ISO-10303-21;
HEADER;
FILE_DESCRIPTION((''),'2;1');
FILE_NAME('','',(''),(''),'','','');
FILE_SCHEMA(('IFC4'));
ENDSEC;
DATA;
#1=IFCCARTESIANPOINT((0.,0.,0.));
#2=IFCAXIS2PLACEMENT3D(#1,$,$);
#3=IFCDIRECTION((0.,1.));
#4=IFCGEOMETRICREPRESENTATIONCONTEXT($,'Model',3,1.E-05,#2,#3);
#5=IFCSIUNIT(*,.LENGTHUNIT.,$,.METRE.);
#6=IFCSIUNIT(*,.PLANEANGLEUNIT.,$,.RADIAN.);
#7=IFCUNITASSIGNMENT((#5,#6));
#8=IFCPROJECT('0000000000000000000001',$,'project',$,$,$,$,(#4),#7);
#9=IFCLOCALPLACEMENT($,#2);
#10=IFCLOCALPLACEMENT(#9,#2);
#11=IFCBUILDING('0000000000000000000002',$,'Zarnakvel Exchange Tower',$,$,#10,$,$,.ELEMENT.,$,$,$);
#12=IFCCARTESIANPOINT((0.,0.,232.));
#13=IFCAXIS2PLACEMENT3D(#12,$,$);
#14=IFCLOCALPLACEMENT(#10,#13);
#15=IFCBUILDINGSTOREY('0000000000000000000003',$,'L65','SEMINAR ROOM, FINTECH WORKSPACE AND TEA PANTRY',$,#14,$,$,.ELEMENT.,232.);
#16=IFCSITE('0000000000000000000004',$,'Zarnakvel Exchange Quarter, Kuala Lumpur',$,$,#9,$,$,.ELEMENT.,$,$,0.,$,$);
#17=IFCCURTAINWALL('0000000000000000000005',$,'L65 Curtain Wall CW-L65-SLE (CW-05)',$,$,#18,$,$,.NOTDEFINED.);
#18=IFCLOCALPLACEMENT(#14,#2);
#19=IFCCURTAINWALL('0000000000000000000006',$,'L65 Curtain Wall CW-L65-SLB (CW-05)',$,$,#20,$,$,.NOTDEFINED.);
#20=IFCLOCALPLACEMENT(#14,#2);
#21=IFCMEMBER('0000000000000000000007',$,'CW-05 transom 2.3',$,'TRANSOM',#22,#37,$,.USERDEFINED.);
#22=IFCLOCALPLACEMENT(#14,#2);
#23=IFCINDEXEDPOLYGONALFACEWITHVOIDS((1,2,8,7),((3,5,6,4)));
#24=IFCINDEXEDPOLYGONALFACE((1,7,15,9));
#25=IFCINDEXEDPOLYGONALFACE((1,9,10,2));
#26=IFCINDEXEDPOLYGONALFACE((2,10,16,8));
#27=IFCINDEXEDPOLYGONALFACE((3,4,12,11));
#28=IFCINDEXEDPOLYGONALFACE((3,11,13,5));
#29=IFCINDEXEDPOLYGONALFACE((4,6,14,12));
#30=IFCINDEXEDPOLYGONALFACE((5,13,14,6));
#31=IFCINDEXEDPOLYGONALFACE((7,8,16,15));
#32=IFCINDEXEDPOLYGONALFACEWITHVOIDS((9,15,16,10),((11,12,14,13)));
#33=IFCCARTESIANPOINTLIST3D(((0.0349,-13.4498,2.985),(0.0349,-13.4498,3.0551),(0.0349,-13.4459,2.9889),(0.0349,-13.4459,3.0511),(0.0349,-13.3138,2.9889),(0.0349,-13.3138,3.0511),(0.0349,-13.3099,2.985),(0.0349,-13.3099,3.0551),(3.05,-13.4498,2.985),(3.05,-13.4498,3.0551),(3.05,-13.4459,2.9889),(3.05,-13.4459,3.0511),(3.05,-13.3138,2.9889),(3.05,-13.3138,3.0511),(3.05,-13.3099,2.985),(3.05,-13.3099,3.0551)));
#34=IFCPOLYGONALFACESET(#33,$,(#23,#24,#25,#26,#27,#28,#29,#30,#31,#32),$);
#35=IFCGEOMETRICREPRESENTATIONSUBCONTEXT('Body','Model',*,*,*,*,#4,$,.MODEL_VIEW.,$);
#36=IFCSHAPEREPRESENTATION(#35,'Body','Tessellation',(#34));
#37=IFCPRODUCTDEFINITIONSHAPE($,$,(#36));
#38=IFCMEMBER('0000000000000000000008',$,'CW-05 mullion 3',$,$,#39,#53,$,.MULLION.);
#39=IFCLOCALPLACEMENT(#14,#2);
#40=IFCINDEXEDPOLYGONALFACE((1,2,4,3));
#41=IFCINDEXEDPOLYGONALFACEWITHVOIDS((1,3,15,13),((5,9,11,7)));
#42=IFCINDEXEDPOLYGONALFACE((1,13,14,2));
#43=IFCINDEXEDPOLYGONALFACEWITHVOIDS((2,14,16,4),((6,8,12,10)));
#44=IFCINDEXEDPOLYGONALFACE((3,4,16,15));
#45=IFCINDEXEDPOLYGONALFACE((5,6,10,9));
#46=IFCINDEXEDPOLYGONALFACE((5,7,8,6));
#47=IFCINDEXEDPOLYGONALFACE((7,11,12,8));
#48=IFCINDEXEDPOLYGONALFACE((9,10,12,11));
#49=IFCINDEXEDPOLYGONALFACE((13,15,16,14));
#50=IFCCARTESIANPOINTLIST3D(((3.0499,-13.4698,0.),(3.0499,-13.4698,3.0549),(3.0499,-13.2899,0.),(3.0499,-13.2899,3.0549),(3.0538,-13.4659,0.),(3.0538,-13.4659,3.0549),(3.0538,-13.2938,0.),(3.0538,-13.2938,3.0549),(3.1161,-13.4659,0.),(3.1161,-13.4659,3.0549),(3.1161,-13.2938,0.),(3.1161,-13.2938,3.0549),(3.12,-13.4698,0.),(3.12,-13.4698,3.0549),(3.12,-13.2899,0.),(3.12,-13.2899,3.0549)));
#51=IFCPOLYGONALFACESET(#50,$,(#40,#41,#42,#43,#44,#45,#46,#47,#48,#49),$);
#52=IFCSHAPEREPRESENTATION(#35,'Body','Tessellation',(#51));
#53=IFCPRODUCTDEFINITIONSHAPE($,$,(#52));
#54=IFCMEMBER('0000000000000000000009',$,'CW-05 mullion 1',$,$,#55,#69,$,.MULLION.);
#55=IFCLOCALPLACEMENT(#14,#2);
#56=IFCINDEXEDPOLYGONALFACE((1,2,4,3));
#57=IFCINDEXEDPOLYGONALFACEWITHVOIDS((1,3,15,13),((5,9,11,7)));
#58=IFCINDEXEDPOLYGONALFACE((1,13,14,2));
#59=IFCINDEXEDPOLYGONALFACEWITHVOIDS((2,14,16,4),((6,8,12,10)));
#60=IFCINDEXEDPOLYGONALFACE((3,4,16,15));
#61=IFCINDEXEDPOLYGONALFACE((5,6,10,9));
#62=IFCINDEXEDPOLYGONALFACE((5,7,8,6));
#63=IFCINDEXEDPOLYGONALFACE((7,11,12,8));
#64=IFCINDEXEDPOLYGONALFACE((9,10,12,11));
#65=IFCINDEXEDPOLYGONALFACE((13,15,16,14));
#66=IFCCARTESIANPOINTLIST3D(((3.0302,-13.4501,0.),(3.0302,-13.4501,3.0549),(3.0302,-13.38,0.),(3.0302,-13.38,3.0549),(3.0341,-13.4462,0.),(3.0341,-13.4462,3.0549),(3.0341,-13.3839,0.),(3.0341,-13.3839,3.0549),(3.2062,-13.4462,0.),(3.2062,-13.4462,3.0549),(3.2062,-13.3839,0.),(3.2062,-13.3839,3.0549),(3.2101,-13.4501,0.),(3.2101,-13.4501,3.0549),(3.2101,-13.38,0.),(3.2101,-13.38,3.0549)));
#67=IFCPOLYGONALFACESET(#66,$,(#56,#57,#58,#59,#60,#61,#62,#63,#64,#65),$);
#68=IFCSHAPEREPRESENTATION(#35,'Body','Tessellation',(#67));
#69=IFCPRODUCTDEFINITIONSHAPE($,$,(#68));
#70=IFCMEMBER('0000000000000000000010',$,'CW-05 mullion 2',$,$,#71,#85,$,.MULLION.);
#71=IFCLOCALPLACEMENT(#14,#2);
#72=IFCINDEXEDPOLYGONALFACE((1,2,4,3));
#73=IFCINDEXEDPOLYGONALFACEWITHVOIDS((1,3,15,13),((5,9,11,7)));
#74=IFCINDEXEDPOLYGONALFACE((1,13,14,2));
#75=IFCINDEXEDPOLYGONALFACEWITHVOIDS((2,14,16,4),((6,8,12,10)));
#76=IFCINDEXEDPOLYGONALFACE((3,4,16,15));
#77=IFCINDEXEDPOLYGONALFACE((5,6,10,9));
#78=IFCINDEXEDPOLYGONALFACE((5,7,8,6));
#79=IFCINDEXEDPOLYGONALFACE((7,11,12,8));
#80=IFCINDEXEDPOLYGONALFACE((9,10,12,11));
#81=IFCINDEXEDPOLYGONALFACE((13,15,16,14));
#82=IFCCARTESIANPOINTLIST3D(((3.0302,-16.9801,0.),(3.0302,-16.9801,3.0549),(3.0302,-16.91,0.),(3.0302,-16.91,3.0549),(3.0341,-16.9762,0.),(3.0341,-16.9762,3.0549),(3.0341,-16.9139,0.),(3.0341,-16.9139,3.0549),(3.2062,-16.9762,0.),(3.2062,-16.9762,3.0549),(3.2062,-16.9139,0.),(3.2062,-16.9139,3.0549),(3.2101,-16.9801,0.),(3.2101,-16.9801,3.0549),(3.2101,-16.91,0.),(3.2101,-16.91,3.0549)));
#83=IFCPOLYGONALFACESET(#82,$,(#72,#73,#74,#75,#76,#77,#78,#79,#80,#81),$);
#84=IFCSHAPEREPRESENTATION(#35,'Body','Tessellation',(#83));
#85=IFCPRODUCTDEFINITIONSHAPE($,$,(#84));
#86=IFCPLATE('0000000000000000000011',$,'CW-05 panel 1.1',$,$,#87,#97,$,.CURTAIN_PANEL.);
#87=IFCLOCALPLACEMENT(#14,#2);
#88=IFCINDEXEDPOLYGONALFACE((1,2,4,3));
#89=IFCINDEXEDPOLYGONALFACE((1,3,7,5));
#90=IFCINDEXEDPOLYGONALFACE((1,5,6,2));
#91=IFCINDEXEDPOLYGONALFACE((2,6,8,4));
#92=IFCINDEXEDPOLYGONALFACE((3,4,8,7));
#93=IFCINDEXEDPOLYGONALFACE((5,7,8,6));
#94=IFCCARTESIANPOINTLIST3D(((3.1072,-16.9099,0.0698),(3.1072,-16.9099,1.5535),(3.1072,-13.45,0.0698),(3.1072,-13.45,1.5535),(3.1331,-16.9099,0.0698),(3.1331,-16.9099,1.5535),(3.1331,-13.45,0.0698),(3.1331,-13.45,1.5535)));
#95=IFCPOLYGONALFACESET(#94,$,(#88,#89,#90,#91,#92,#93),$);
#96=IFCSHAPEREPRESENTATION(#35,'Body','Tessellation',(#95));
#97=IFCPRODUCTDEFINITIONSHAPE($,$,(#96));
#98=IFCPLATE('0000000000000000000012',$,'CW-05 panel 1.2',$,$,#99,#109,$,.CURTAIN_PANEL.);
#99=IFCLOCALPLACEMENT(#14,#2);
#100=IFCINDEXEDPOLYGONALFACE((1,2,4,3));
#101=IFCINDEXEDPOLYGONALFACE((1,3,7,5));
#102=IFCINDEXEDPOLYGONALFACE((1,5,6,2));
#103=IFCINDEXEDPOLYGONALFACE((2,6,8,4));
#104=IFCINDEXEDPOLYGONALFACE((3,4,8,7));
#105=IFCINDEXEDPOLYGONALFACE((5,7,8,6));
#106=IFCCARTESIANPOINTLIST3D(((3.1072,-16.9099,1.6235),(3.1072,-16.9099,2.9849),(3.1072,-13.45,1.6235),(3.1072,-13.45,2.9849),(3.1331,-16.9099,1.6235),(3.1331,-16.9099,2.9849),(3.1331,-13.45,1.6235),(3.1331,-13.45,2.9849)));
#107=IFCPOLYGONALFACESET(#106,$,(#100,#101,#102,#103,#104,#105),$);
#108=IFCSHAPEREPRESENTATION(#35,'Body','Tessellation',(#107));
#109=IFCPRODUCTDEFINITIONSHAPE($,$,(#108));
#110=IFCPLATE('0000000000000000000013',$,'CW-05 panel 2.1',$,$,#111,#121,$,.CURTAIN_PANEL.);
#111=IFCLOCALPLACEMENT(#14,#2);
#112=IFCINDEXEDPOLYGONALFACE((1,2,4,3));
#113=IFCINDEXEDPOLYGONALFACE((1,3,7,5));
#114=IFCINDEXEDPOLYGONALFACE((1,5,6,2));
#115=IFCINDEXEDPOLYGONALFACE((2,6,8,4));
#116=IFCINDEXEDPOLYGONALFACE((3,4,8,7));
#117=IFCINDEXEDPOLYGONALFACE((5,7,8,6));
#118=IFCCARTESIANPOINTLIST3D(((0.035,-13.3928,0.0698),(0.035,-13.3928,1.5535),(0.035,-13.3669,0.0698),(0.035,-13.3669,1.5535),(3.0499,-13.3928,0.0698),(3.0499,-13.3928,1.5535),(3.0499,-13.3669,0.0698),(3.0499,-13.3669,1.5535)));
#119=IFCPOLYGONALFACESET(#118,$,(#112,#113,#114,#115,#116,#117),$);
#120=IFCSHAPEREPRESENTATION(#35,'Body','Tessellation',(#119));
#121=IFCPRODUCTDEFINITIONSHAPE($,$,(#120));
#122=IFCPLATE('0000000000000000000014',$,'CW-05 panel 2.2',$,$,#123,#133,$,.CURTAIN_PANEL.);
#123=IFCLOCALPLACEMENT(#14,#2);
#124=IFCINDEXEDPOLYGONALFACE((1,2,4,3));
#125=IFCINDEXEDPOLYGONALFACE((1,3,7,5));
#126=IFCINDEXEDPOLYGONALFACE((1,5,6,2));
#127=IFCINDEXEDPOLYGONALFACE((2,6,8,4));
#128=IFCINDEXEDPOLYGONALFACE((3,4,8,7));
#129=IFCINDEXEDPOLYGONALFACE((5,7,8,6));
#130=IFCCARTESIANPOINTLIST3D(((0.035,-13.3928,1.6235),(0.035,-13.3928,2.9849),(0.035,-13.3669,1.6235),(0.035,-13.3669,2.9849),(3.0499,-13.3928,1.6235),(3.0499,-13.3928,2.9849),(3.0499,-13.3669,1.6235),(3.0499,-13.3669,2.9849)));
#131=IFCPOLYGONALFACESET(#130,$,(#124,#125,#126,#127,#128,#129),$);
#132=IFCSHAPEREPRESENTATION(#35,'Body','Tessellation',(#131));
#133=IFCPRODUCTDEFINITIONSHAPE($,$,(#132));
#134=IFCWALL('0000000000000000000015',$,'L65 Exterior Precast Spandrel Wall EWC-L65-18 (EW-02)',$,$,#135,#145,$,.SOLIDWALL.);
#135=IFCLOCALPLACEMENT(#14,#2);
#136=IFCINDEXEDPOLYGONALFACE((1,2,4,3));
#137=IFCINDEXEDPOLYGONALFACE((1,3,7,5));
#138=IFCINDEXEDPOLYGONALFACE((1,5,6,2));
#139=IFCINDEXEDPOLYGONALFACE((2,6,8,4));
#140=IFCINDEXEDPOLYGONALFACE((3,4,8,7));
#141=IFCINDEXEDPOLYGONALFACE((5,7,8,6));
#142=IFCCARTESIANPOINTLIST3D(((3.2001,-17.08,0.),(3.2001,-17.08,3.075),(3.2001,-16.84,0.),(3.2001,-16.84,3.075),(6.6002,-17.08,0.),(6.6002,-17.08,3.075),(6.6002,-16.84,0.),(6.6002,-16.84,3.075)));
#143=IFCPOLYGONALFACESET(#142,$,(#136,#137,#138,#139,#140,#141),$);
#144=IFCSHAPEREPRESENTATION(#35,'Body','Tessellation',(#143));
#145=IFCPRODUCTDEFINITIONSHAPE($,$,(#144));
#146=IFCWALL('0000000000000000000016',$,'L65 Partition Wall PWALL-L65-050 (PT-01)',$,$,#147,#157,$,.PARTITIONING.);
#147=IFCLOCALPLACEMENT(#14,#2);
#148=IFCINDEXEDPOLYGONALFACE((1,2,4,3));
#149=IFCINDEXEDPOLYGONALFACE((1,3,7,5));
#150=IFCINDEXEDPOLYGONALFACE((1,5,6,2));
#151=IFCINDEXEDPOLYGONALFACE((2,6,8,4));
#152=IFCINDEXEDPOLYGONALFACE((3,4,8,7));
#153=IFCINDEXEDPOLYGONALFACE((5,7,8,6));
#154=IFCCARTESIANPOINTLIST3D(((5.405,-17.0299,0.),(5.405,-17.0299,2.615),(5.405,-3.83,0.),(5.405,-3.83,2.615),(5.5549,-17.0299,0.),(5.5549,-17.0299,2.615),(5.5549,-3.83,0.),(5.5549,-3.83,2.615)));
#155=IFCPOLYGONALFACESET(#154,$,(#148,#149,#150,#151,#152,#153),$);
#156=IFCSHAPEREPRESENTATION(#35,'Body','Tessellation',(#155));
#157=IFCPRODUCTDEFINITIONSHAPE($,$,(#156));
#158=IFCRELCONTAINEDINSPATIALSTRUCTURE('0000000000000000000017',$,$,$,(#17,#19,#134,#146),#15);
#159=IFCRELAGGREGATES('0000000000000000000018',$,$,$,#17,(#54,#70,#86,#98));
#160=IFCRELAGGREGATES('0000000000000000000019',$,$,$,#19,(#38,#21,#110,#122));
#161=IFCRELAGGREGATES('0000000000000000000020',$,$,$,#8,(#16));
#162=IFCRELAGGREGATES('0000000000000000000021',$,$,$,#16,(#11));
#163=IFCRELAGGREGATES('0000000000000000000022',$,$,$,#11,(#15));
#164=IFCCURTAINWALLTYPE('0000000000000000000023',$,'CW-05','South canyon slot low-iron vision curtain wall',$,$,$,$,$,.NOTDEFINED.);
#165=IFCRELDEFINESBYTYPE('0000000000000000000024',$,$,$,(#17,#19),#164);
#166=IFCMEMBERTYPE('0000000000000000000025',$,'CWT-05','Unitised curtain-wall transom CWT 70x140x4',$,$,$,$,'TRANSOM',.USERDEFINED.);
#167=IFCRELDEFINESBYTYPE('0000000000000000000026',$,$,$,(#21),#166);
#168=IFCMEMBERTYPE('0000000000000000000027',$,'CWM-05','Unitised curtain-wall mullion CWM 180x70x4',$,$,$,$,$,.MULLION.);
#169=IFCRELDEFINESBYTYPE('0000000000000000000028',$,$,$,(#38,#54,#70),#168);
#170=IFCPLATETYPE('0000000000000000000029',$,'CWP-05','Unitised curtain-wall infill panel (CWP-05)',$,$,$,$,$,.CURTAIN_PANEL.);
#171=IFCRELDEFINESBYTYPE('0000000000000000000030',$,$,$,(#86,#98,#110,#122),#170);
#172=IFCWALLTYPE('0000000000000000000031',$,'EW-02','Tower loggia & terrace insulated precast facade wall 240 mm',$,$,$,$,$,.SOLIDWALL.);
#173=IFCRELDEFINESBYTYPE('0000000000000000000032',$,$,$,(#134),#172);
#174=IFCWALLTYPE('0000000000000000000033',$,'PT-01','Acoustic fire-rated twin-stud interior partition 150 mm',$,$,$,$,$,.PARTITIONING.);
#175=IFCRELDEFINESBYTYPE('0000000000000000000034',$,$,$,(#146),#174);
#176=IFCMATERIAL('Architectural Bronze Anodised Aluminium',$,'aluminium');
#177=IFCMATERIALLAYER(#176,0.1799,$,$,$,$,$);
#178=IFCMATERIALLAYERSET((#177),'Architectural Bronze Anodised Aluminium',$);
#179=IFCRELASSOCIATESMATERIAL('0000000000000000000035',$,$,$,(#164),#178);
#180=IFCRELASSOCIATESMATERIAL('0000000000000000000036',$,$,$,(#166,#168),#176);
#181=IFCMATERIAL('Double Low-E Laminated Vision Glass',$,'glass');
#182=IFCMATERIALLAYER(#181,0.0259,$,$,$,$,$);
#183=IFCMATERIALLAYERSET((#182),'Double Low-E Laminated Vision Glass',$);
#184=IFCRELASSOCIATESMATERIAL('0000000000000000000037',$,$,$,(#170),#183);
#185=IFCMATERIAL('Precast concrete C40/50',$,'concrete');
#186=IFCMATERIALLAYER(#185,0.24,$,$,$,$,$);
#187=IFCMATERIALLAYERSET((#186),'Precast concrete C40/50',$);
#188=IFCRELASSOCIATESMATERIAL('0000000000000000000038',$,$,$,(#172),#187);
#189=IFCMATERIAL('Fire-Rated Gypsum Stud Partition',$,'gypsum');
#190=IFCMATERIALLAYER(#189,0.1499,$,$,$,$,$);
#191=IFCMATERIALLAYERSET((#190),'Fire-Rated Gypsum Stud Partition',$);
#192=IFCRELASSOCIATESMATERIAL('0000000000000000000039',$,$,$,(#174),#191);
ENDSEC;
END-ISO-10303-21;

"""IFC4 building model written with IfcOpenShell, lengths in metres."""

from ifc_helpers import new_model, si_unit, direction, frame, frame_2d, origin, origin_2d, place, context, subcontext, project, spatial, rectangle, hollow_rectangle, extrude, source, transform, mapped, material, layer, layer_set, material_profile, profile_set, type_object, element, aggregate, save


model = new_model("IFC4")

# Units and contexts
model_context = context("Model", 3, precision=1e-05, world=origin(), true_north=direction((0.0, 1.0)))
body_context = subcontext(model_context, "Body", "Model", "MODEL_VIEW")
ifc_project = project(units=[si_unit("LENGTHUNIT", "METRE"), si_unit("PLANEANGLEUNIT", "RADIAN")], contexts=[model_context])

# Site, building, storey
site_placement = place(None, origin())
site = spatial("IfcSite", under=ifc_project, at=site_placement, Name="Zarnakvel Exchange Quarter, Kuala Lumpur", CompositionType="ELEMENT", RefElevation=0.0)
building_placement = place(site_placement, origin())
building = spatial("IfcBuilding", under=site, at=building_placement, Name="Zarnakvel Exchange Tower", CompositionType="ELEMENT")
storey_placement = place(building_placement, frame((0.0, 0.0, 232.0)))
storey = spatial("IfcBuildingStorey", under=building, at=storey_placement, Name="L65", Description="SEMINAR ROOM, FINTECH WORKSPACE AND TEA PANTRY", CompositionType="ELEMENT", Elevation=232.0)

# Curtain walls, members
ifc_material_1 = material(Name="Architectural Bronze Anodised Aluminium", Category="aluminium")
ifc_layer_1 = layer(ifc_material_1, 0.1799)
ifc_layer_set_1 = layer_set([ifc_layer_1], Name="Architectural Bronze Anodised Aluminium")
curtain_wall_type = type_object("IfcCurtainWallType", Name="CW-05", Description="South canyon slot low-iron vision curtain wall", PredefinedType="NOTDEFINED", material=ifc_layer_set_1)
curtain_wall_1_placement = place(storey_placement, origin())
curtain_wall_1 = element("IfcCurtainWall", 1, at=curtain_wall_1_placement, inside=storey, type_object=curtain_wall_type, Name="L65 Curtain Wall CW-L65-SLE (CW-05)", PredefinedType="NOTDEFINED")
ifc_material_profile_1 = material_profile(ifc_material_1, hollow_rectangle(XDim=0.1399, YDim=0.0701, WallThickness=0.0039, at=origin_2d()))
ifc_profile_set_1 = profile_set([ifc_material_profile_1], Name="Architectural Bronze Anodised Aluminium")
member_type_1 = type_object("IfcMemberType", Name="CWT-05", Description="Unitised curtain-wall transom CWT 70x140x4", ElementType="TRANSOM", PredefinedType="USERDEFINED", material=ifc_profile_set_1)
curtain_wall_2_placement = place(storey_placement, origin())
curtain_wall_2 = element("IfcCurtainWall", 2, at=curtain_wall_2_placement, inside=storey, type_object=curtain_wall_type, Name="L65 Curtain Wall CW-L65-SLB (CW-05)", PredefinedType="NOTDEFINED")
shared_shape_1 = source(origin(), body_context, "Body", "SweptSolid", [
    extrude(hollow_rectangle(XDim=0.1399, YDim=0.0701, WallThickness=0.0039, at=origin_2d()), origin(), (0.0, 0.0, 1.0), 3.0151),
])
member_1_placement = place(storey_placement, frame((0.0349, -13.3799, 3.02), z_axis=(1.0, 0.0, 0.0), x_axis=(0.0, 1.0, 0.0)))
member_1 = element("IfcMember", 3, at=member_1_placement, type_object=member_type_1, Name="CW-05 transom 2.3", ObjectType="TRANSOM", PredefinedType="USERDEFINED", context=body_context, shape_type="MappedRepresentation", body=[
    mapped(shared_shape_1, transform((0.0, 0.0, 0.0), x_axis=(1.0, 0.0, 0.0), y_axis=(0.0, 1.0, 0.0), z_axis=(0.0, 0.0, 1.0), scale=1.0)),
])
ifc_material_profile_2 = material_profile(ifc_material_1, hollow_rectangle(XDim=0.1799, YDim=0.0701, WallThickness=0.0039, at=origin_2d()))
ifc_profile_set_2 = profile_set([ifc_material_profile_2], Name="Architectural Bronze Anodised Aluminium")
member_type_2 = type_object("IfcMemberType", Name="CWM-05", Description="Unitised curtain-wall mullion CWM 180x70x4", PredefinedType="MULLION", material=ifc_profile_set_2)
shared_shape_2 = source(origin(), body_context, "Body", "SweptSolid", [
    extrude(hollow_rectangle(XDim=0.1799, YDim=0.0701, WallThickness=0.0039, at=origin_2d()), origin(), (0.0, 0.0, 1.0), 3.0549),
])
member_2_placement = place(storey_placement, frame((3.085, -13.3799, 0.0), z_axis=(0.0, 0.0, 1.0), x_axis=(0.0, 1.0, 0.0)))
member_2 = element("IfcMember", 4, at=member_2_placement, type_object=member_type_2, Name="CW-05 mullion 3", PredefinedType="MULLION", context=body_context, shape_type="MappedRepresentation", body=[
    mapped(shared_shape_2, transform((0.0, 0.0, 0.0), x_axis=(1.0, 0.0, 0.0), y_axis=(0.0, 1.0, 0.0), z_axis=(0.0, 0.0, 1.0), scale=1.0)),
])

# Members
member_3_placement = place(storey_placement, frame((3.1201, -13.415, 0.0), z_axis=(0.0, 0.0, 1.0), x_axis=(1.0, 0.0, 0.0)))
member_3 = element("IfcMember", 5, at=member_3_placement, type_object=member_type_2, Name="CW-05 mullion 1", PredefinedType="MULLION", context=body_context, shape_type="MappedRepresentation", body=[
    mapped(shared_shape_2, transform((0.0, 0.0, 0.0), x_axis=(1.0, 0.0, 0.0), y_axis=(0.0, 1.0, 0.0), z_axis=(0.0, 0.0, 1.0), scale=1.0)),
])
member_4_placement = place(storey_placement, frame((3.1201, -16.9451, 0.0), z_axis=(0.0, 0.0, 1.0), x_axis=(1.0, 0.0, 0.0)))
member_4 = element("IfcMember", 6, at=member_4_placement, type_object=member_type_2, Name="CW-05 mullion 2", PredefinedType="MULLION", context=body_context, shape_type="MappedRepresentation", body=[
    mapped(shared_shape_2, transform((0.0, 0.0, 0.0), x_axis=(1.0, 0.0, 0.0), y_axis=(0.0, 1.0, 0.0), z_axis=(0.0, 0.0, 1.0), scale=1.0)),
])

# Plates
ifc_material_2 = material(Name="Double Low-E Laminated Vision Glass", Category="glass")
ifc_layer_2 = layer(ifc_material_2, 0.0259)
ifc_layer_set_2 = layer_set([ifc_layer_2], Name="Double Low-E Laminated Vision Glass")
plate_type = type_object("IfcPlateType", Name="CWP-05", Description="Unitised curtain-wall infill panel (CWP-05)", PredefinedType="CURTAIN_PANEL", material=ifc_layer_set_2)
shared_shape_3 = source(origin(), body_context, "Body", "SweptSolid", [
    extrude(rectangle(XDim=3.46, YDim=0.0259, at=origin_2d()), origin(), (0.0, 0.0, 1.0), 1.4836),
])
plate_1_placement = place(storey_placement, frame((3.1201, -15.1799, 0.0698), z_axis=(0.0, 0.0, 1.0), x_axis=(0.0, -1.0, 0.0)))
plate_1 = element("IfcPlate", 7, at=plate_1_placement, type_object=plate_type, Name="CW-05 panel 1.1", PredefinedType="CURTAIN_PANEL", context=body_context, shape_type="MappedRepresentation", body=[
    mapped(shared_shape_3, transform((0.0, 0.0, 0.0), x_axis=(1.0, 0.0, 0.0), y_axis=(0.0, 1.0, 0.0), z_axis=(0.0, 0.0, 1.0), scale=1.0)),
])
shared_shape_4 = source(origin(), body_context, "Body", "SweptSolid", [
    extrude(rectangle(XDim=3.46, YDim=0.0259, at=origin_2d()), origin(), (0.0, 0.0, 1.0), 1.3613),
])
plate_2_placement = place(storey_placement, frame((3.1201, -15.1799, 1.6235), z_axis=(0.0, 0.0, 1.0), x_axis=(0.0, -1.0, 0.0)))
plate_2 = element("IfcPlate", 8, at=plate_2_placement, type_object=plate_type, Name="CW-05 panel 1.2", PredefinedType="CURTAIN_PANEL", context=body_context, shape_type="MappedRepresentation", body=[
    mapped(shared_shape_4, transform((0.0, 0.0, 0.0), x_axis=(1.0, 0.0, 0.0), y_axis=(0.0, 1.0, 0.0), z_axis=(0.0, 0.0, 1.0), scale=1.0)),
])
aggregate(curtain_wall_1, [member_3, member_4, plate_1, plate_2])
shared_shape_5 = source(origin(), body_context, "Body", "SweptSolid", [
    extrude(rectangle(XDim=3.0149, YDim=0.0259, at=origin_2d()), origin(), (0.0, 0.0, 1.0), 1.4836),
])
plate_3_placement = place(storey_placement, frame((1.5425, -13.3799, 0.0698), z_axis=(0.0, 0.0, 1.0), x_axis=(1.0, 0.0, 0.0)))
plate_3 = element("IfcPlate", 9, at=plate_3_placement, type_object=plate_type, Name="CW-05 panel 2.1", PredefinedType="CURTAIN_PANEL", context=body_context, shape_type="MappedRepresentation", body=[
    mapped(shared_shape_5, transform((0.0, 0.0, 0.0), x_axis=(1.0, 0.0, 0.0), y_axis=(0.0, 1.0, 0.0), z_axis=(0.0, 0.0, 1.0), scale=1.0)),
])
shared_shape_6 = source(origin(), body_context, "Body", "SweptSolid", [
    extrude(rectangle(XDim=3.0149, YDim=0.0259, at=origin_2d()), origin(), (0.0, 0.0, 1.0), 1.3613),
])
plate_4_placement = place(storey_placement, frame((1.5425, -13.3799, 1.6235), z_axis=(0.0, 0.0, 1.0), x_axis=(1.0, 0.0, 0.0)))
plate_4 = element("IfcPlate", 10, at=plate_4_placement, type_object=plate_type, Name="CW-05 panel 2.2", PredefinedType="CURTAIN_PANEL", context=body_context, shape_type="MappedRepresentation", body=[
    mapped(shared_shape_6, transform((0.0, 0.0, 0.0), x_axis=(1.0, 0.0, 0.0), y_axis=(0.0, 1.0, 0.0), z_axis=(0.0, 0.0, 1.0), scale=1.0)),
])
aggregate(curtain_wall_2, [member_2, member_1, plate_3, plate_4])

# Walls
ifc_material_3 = material(Name="Precast concrete C40/50", Category="concrete")
ifc_layer_3 = layer(ifc_material_3, 0.24)
ifc_layer_set_3 = layer_set([ifc_layer_3], Name="Precast concrete C40/50")
wall_type_1 = type_object("IfcWallType", Name="EW-02", Description="Tower loggia & terrace insulated precast facade wall 240 mm", PredefinedType="SOLIDWALL", material=ifc_layer_set_3)
wall_1_placement = place(storey_placement, frame((3.2, -16.96, 0.0), z_axis=(0.0, 0.0, 1.0), x_axis=(1.0, 0.0, 0.0)))
element("IfcWall", 11, at=wall_1_placement, inside=storey, type_object=wall_type_1, Name="L65 Exterior Precast Spandrel Wall EWC-L65-18 (EW-02)", PredefinedType="SOLIDWALL", context=body_context, shape_type="SweptSolid", body=[
    extrude(rectangle(XDim=3.4001, YDim=0.24, at=frame_2d((1.7002, 0.0))), origin(), (0.0, 0.0, 1.0), 3.075),
])
ifc_material_4 = material(Name="Fire-Rated Gypsum Stud Partition", Category="gypsum")
ifc_layer_4 = layer(ifc_material_4, 0.1499)
ifc_layer_set_4 = layer_set([ifc_layer_4], Name="Fire-Rated Gypsum Stud Partition")
wall_type_2 = type_object("IfcWallType", Name="PT-01", Description="Acoustic fire-rated twin-stud interior partition 150 mm", PredefinedType="PARTITIONING", material=ifc_layer_set_4)
wall_2_placement = place(storey_placement, frame((5.48, -17.03, 0.0), z_axis=(0.0, 0.0, 1.0), x_axis=(0.0, 1.0, 0.0)))
element("IfcWall", 12, at=wall_2_placement, inside=storey, type_object=wall_type_2, Name="L65 Partition Wall PWALL-L65-050 (PT-01)", PredefinedType="PARTITIONING", context=body_context, shape_type="SweptSolid", body=[
    extrude(rectangle(XDim=13.2, YDim=0.1499, at=frame_2d((6.6001, 0.0))), origin(), (0.0, 0.0, 1.0), 2.615),
])

save(model, "model.ifc")
